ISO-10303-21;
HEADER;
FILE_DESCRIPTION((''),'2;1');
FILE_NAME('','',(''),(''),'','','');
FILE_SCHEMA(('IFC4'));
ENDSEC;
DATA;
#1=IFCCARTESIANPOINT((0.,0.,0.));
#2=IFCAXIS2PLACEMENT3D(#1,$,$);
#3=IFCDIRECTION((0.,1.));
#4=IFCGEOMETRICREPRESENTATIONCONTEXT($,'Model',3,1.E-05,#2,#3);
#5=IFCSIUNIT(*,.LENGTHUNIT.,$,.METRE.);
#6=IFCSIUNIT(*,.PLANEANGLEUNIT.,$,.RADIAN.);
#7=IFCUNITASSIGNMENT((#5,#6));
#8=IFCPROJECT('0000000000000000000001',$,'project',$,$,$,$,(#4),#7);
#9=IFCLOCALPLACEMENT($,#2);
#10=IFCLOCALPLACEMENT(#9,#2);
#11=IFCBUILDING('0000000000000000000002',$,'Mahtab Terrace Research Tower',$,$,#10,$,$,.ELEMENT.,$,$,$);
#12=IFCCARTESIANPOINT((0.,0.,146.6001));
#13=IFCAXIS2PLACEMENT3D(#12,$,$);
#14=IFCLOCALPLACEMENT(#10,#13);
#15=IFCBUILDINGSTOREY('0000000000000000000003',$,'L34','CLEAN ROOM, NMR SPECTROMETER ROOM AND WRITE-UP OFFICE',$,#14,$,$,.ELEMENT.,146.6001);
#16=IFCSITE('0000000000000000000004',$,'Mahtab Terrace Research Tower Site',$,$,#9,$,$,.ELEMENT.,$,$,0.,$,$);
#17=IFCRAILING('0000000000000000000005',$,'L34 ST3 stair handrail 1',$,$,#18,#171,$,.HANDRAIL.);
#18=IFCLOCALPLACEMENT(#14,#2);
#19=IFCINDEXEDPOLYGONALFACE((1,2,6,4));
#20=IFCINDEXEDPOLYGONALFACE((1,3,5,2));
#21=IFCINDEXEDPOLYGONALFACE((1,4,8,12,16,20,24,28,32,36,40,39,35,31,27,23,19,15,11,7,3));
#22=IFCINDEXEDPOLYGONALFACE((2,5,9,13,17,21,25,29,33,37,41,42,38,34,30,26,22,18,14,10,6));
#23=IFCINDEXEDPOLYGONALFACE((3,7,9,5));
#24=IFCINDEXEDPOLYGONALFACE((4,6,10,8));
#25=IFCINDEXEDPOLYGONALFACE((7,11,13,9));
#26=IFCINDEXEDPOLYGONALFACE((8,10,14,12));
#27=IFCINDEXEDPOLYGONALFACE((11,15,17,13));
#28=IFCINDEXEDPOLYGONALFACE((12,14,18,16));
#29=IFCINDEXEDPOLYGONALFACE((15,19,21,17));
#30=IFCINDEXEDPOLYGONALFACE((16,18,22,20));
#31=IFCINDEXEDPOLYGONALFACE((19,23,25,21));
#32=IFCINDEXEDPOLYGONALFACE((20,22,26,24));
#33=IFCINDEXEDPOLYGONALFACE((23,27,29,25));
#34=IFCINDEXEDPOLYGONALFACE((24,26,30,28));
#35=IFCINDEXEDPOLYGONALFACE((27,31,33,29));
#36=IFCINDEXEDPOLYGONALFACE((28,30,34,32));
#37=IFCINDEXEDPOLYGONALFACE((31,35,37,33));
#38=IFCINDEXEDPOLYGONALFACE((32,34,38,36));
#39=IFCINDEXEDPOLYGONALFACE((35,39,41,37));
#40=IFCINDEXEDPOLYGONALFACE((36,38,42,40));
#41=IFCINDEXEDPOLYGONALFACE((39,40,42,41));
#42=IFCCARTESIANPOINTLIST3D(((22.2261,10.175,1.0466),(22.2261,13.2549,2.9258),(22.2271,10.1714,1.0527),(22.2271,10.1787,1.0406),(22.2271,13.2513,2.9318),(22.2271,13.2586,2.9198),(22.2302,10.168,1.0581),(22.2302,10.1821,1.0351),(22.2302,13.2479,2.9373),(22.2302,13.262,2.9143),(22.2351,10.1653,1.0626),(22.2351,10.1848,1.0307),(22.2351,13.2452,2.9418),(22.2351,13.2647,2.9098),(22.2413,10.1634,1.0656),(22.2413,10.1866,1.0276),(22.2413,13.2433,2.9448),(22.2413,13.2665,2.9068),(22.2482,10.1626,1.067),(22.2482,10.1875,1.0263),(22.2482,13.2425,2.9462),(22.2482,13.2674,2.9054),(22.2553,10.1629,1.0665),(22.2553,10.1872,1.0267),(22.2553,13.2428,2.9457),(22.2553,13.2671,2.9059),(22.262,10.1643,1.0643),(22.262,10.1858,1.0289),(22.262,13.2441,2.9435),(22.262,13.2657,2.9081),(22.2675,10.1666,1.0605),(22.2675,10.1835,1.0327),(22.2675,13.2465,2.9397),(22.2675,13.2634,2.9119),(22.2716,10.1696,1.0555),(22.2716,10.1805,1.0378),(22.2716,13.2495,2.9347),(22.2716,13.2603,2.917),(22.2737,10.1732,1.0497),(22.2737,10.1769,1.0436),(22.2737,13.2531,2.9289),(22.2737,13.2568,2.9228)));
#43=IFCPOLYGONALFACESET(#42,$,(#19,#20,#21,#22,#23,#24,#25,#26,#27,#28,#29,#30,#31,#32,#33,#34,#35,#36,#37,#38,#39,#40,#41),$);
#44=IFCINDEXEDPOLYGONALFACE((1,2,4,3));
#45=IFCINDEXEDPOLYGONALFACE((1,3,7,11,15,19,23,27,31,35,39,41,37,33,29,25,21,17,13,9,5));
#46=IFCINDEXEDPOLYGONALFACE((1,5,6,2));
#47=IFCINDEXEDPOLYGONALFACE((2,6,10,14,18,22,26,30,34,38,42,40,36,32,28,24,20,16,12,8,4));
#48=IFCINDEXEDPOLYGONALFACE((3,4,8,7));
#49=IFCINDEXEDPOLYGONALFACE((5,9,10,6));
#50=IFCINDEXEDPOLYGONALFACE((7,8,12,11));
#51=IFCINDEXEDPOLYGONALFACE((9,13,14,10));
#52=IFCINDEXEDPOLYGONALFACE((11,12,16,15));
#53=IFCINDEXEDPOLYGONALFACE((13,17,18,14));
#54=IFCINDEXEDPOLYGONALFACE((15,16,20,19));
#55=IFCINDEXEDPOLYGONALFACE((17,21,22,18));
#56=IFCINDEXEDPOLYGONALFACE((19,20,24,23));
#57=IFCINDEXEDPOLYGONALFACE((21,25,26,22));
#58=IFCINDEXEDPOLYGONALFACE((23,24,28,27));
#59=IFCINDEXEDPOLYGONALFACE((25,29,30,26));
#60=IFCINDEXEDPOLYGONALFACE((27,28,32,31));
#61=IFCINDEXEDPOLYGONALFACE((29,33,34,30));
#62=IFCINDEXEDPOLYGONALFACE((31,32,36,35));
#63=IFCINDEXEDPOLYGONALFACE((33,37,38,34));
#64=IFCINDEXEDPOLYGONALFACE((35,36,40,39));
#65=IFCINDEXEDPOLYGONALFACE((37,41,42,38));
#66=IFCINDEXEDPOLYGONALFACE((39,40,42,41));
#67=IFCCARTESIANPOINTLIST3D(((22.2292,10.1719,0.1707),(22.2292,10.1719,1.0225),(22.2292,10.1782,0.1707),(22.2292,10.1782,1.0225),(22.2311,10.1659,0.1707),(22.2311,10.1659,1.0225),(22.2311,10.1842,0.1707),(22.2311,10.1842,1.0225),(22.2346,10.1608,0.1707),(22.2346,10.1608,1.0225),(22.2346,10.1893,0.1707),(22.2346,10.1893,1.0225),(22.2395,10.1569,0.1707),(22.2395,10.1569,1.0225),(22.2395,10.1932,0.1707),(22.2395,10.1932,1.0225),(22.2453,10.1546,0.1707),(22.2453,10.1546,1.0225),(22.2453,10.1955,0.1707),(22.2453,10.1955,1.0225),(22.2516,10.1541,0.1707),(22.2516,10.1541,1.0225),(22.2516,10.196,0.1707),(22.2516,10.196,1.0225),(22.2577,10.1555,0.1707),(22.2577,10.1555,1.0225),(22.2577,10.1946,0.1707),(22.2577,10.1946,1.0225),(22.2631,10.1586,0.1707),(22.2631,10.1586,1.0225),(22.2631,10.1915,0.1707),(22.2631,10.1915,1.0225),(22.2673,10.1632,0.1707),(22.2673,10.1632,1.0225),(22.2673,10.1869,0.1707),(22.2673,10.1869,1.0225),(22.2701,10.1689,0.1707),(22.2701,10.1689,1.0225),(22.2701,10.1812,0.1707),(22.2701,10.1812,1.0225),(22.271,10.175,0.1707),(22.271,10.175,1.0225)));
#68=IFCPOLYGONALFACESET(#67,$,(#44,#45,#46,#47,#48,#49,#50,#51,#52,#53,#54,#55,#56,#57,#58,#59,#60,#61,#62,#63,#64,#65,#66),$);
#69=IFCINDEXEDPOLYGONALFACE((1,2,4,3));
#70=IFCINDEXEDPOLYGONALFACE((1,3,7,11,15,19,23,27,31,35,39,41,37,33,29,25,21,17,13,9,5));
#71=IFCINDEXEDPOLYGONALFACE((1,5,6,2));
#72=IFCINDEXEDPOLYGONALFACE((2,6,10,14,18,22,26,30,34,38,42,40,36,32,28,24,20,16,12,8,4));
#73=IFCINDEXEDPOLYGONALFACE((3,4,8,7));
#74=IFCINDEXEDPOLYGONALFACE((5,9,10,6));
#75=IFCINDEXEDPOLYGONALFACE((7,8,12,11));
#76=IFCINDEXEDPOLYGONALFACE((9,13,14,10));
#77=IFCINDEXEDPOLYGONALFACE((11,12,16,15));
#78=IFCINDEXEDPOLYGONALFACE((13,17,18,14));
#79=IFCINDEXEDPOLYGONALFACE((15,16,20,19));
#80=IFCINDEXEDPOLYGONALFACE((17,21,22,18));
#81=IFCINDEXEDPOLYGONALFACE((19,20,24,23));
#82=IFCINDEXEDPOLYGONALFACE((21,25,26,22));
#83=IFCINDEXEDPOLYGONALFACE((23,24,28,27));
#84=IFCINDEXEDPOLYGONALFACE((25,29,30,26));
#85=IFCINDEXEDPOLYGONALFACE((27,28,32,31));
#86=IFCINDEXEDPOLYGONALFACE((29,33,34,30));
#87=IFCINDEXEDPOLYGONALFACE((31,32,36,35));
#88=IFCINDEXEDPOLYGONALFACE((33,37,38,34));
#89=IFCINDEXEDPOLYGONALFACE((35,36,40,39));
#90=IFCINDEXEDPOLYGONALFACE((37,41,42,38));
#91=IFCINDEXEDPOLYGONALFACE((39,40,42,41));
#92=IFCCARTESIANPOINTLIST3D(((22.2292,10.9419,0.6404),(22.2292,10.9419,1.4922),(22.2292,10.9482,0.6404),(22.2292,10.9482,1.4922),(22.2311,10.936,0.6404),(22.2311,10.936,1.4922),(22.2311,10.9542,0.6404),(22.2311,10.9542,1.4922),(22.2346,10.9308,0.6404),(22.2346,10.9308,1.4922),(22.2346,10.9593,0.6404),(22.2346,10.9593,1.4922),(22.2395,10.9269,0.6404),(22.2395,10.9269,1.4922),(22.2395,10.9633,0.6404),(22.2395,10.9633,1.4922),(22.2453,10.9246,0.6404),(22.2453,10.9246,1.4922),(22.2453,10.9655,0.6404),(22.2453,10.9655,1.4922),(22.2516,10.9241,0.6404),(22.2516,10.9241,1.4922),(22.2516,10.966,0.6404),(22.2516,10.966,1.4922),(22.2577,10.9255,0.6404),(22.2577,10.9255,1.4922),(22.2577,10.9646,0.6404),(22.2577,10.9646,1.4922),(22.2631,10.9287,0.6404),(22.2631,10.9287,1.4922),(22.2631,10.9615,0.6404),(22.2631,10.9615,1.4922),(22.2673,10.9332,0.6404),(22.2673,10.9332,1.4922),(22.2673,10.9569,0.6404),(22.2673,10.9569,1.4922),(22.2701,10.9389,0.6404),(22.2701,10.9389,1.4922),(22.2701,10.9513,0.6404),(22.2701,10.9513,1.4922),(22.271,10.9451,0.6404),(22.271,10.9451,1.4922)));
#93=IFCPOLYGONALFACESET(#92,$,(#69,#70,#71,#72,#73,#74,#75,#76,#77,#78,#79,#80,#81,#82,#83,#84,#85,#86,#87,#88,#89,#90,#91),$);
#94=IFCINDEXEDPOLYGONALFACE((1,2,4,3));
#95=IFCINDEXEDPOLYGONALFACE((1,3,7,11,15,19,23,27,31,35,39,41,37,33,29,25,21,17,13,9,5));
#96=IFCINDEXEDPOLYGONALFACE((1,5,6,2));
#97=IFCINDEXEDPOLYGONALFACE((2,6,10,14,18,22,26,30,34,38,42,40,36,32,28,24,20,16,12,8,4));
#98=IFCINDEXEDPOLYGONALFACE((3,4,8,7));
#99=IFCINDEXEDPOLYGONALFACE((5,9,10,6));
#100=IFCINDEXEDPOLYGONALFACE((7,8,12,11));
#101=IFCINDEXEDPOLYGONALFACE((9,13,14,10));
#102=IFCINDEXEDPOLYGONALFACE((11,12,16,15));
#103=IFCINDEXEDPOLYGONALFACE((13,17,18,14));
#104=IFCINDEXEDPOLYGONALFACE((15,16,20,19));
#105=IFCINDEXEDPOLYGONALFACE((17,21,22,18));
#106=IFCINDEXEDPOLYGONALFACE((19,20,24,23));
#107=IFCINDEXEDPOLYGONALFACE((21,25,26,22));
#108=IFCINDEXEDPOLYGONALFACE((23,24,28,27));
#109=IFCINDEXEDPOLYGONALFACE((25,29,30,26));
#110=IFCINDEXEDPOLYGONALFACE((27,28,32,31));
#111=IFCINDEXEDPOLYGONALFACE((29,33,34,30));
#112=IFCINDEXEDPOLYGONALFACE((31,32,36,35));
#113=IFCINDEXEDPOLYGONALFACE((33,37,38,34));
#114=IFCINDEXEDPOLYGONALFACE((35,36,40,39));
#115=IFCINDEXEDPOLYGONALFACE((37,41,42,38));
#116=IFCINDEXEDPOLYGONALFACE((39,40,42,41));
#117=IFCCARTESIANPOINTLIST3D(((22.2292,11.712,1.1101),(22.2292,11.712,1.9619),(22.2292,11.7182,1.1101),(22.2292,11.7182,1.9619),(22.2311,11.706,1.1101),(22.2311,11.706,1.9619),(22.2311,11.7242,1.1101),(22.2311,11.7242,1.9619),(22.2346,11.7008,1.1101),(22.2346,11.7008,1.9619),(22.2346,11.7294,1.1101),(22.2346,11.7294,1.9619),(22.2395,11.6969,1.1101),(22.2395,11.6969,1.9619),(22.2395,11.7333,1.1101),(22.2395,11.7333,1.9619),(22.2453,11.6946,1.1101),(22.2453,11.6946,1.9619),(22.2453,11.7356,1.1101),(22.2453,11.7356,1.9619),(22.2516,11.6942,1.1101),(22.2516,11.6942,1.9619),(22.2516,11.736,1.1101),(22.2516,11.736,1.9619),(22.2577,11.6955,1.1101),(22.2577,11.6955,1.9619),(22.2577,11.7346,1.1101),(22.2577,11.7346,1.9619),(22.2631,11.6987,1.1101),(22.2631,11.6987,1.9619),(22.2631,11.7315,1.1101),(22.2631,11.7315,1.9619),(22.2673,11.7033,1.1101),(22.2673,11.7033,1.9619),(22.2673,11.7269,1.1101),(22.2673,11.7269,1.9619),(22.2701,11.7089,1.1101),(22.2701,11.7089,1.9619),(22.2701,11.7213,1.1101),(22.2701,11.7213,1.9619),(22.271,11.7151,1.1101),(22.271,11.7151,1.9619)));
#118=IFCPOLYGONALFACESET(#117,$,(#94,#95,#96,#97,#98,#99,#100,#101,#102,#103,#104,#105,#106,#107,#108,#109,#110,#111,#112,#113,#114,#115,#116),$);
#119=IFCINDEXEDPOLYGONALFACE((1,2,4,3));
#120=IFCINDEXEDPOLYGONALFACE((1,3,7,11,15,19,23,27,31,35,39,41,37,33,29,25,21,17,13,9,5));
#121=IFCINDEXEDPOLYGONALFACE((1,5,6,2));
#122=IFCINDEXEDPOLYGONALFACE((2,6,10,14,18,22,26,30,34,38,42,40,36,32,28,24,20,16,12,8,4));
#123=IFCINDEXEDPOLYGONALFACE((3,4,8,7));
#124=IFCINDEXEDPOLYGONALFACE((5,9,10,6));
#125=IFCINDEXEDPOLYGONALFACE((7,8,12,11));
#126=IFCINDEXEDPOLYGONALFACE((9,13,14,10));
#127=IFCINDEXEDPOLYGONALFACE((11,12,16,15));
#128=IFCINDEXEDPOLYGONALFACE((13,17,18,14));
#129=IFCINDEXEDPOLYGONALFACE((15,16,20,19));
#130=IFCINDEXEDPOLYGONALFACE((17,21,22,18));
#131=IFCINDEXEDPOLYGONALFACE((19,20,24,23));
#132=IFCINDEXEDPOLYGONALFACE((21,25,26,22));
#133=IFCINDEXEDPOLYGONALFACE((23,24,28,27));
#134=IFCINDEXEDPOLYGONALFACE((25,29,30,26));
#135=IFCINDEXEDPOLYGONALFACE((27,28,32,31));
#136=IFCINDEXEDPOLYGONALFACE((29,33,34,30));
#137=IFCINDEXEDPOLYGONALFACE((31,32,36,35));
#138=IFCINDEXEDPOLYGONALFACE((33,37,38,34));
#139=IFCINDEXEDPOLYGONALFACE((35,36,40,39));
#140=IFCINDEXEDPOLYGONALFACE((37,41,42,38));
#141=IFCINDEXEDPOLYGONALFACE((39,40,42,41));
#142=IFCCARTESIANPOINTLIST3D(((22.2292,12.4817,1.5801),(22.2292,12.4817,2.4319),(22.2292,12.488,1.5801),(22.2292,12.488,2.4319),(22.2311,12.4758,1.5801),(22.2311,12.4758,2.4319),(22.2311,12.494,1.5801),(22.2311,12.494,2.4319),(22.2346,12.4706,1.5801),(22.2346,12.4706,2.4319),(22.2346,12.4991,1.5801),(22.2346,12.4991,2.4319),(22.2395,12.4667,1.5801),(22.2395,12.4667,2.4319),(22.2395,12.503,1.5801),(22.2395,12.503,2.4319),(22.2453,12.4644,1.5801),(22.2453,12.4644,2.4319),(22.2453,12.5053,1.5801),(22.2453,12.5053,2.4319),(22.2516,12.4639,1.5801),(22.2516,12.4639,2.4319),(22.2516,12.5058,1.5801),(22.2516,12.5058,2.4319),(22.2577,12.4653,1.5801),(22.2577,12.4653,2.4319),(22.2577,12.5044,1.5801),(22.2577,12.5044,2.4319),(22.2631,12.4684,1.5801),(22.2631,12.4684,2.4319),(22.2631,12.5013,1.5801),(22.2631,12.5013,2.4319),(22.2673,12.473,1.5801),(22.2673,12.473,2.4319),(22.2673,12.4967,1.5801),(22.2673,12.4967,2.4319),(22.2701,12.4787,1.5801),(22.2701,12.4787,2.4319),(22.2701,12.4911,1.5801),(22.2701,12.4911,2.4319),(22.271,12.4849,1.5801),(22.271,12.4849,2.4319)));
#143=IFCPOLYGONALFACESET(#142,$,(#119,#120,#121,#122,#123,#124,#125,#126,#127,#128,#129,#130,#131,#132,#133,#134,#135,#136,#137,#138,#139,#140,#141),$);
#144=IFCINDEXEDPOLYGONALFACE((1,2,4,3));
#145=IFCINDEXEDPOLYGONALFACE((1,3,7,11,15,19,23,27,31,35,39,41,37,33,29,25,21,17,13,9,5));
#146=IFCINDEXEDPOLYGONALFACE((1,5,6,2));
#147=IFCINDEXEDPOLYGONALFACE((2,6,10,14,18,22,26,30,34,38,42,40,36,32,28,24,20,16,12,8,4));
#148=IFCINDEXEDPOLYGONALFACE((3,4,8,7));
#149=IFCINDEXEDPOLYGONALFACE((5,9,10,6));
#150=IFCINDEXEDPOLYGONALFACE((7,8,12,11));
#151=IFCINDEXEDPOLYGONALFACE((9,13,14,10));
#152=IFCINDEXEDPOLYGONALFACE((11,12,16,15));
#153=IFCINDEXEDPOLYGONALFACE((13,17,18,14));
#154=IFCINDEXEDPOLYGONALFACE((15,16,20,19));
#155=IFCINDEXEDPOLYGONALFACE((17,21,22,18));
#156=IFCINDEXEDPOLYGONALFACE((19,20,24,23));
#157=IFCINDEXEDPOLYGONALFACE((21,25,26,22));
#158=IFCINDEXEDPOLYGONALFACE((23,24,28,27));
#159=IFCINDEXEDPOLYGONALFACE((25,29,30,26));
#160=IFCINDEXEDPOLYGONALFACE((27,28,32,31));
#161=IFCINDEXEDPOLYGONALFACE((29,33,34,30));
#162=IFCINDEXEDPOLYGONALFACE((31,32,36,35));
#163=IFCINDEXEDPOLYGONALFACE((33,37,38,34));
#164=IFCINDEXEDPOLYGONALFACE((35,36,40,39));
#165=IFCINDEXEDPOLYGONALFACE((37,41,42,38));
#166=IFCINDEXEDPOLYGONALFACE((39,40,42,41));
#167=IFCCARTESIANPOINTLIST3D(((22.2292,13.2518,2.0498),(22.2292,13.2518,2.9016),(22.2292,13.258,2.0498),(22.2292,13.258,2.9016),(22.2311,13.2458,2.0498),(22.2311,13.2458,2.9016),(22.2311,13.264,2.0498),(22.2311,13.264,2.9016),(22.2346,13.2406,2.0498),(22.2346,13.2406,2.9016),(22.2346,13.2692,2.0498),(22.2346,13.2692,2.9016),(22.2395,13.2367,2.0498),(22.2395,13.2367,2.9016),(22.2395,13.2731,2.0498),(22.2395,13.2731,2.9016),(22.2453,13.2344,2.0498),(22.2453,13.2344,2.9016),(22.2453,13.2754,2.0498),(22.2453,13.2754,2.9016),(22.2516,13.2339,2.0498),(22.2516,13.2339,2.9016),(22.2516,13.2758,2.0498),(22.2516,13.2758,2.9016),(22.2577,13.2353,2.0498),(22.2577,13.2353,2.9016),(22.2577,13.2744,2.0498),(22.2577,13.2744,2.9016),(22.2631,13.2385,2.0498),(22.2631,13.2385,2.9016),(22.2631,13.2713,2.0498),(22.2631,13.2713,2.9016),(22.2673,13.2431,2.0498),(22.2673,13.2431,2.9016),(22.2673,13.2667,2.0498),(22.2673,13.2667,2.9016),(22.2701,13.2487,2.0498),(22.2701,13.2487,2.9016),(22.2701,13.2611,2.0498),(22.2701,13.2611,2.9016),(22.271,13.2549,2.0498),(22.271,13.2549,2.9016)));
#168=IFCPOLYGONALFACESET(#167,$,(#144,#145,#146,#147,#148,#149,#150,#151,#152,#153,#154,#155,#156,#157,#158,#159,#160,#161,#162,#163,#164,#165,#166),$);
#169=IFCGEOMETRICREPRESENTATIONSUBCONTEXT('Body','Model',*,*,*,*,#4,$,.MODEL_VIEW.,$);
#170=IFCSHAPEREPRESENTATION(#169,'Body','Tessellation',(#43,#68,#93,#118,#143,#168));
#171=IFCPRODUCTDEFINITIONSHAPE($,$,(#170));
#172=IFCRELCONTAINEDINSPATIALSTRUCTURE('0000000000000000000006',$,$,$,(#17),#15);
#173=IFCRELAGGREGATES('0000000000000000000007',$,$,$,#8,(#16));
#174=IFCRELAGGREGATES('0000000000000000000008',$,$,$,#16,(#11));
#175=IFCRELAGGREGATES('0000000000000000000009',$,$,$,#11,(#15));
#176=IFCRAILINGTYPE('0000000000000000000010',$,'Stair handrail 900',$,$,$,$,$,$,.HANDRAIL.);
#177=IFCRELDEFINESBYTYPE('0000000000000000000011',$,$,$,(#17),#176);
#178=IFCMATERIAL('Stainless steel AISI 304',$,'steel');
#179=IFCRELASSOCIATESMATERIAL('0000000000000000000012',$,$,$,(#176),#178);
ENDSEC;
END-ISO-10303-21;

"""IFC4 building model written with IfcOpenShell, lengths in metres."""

from ifc_helpers import new_model, si_unit, direction, frame, origin, origin_2d, place, context, subcontext, project, spatial, circle, extrude, material, type_object, element, save


model = new_model("IFC4")

# Units and contexts
model_context = context("Model", 3, precision=1e-05, world=origin(), true_north=direction((0.0, 1.0)))
body_context = subcontext(model_context, "Body", "Model", "MODEL_VIEW")
ifc_project = project(units=[si_unit("LENGTHUNIT", "METRE"), si_unit("PLANEANGLEUNIT", "RADIAN")], contexts=[model_context])

# Site, building, storey
site_placement = place(None, origin())
site = spatial("IfcSite", under=ifc_project, at=site_placement, Name="Mahtab Terrace Research Tower Site", CompositionType="ELEMENT", RefElevation=0.0)
building_placement = place(site_placement, origin())
building = spatial("IfcBuilding", under=site, at=building_placement, Name="Mahtab Terrace Research Tower", CompositionType="ELEMENT")
storey_placement = place(building_placement, frame((0.0, 0.0, 146.6001)))
storey = spatial("IfcBuildingStorey", under=building, at=storey_placement, Name="L34", Description="CLEAN ROOM, NMR SPECTROMETER ROOM AND WRITE-UP OFFICE", CompositionType="ELEMENT", Elevation=146.6001)

# Railing
ifc_material_1 = material(Name="Stainless steel AISI 304", Category="steel")
railing_type_1 = type_object("IfcRailingType", Name="Stair handrail 900", PredefinedType="HANDRAIL", material=ifc_material_1)
railing_1_placement = place(storey_placement, frame((22.25, 10.175, 0.1707)))
element("IfcRailing", 1, at=railing_1_placement, inside=storey, type_object=railing_type_1, Name="L34 ST3 stair handrail 1", PredefinedType="HANDRAIL", context=body_context, shape_type="SweptSolid", body=[
    extrude(circle(Radius=0.0239, at=origin_2d()), frame((0.0, 0.0, 0.876), z_axis=(0.0, 0.853648, 0.52085), x_axis=(-1.0, 0.0, 0.0)), (0.0, 0.0, 1.0), 3.6079),
    extrude(circle(Radius=0.021, at=origin_2d()), origin(), (0.0, 0.0, 1.0), 0.8518),
    extrude(circle(Radius=0.021, at=origin_2d()), frame((0.0, 0.77, 0.4697)), (0.0, 0.0, 1.0), 0.8518),
    extrude(circle(Radius=0.021, at=origin_2d()), frame((0.0, 1.54, 0.9395)), (0.0, 0.0, 1.0), 0.8518),
    extrude(circle(Radius=0.021, at=origin_2d()), frame((0.0, 2.3098, 1.4094)), (0.0, 0.0, 1.0), 0.8518),
    extrude(circle(Radius=0.021, at=origin_2d()), frame((0.0, 3.0798, 1.8792)), (0.0, 0.0, 1.0), 0.8518),
])

save(model, "model.ifc")
